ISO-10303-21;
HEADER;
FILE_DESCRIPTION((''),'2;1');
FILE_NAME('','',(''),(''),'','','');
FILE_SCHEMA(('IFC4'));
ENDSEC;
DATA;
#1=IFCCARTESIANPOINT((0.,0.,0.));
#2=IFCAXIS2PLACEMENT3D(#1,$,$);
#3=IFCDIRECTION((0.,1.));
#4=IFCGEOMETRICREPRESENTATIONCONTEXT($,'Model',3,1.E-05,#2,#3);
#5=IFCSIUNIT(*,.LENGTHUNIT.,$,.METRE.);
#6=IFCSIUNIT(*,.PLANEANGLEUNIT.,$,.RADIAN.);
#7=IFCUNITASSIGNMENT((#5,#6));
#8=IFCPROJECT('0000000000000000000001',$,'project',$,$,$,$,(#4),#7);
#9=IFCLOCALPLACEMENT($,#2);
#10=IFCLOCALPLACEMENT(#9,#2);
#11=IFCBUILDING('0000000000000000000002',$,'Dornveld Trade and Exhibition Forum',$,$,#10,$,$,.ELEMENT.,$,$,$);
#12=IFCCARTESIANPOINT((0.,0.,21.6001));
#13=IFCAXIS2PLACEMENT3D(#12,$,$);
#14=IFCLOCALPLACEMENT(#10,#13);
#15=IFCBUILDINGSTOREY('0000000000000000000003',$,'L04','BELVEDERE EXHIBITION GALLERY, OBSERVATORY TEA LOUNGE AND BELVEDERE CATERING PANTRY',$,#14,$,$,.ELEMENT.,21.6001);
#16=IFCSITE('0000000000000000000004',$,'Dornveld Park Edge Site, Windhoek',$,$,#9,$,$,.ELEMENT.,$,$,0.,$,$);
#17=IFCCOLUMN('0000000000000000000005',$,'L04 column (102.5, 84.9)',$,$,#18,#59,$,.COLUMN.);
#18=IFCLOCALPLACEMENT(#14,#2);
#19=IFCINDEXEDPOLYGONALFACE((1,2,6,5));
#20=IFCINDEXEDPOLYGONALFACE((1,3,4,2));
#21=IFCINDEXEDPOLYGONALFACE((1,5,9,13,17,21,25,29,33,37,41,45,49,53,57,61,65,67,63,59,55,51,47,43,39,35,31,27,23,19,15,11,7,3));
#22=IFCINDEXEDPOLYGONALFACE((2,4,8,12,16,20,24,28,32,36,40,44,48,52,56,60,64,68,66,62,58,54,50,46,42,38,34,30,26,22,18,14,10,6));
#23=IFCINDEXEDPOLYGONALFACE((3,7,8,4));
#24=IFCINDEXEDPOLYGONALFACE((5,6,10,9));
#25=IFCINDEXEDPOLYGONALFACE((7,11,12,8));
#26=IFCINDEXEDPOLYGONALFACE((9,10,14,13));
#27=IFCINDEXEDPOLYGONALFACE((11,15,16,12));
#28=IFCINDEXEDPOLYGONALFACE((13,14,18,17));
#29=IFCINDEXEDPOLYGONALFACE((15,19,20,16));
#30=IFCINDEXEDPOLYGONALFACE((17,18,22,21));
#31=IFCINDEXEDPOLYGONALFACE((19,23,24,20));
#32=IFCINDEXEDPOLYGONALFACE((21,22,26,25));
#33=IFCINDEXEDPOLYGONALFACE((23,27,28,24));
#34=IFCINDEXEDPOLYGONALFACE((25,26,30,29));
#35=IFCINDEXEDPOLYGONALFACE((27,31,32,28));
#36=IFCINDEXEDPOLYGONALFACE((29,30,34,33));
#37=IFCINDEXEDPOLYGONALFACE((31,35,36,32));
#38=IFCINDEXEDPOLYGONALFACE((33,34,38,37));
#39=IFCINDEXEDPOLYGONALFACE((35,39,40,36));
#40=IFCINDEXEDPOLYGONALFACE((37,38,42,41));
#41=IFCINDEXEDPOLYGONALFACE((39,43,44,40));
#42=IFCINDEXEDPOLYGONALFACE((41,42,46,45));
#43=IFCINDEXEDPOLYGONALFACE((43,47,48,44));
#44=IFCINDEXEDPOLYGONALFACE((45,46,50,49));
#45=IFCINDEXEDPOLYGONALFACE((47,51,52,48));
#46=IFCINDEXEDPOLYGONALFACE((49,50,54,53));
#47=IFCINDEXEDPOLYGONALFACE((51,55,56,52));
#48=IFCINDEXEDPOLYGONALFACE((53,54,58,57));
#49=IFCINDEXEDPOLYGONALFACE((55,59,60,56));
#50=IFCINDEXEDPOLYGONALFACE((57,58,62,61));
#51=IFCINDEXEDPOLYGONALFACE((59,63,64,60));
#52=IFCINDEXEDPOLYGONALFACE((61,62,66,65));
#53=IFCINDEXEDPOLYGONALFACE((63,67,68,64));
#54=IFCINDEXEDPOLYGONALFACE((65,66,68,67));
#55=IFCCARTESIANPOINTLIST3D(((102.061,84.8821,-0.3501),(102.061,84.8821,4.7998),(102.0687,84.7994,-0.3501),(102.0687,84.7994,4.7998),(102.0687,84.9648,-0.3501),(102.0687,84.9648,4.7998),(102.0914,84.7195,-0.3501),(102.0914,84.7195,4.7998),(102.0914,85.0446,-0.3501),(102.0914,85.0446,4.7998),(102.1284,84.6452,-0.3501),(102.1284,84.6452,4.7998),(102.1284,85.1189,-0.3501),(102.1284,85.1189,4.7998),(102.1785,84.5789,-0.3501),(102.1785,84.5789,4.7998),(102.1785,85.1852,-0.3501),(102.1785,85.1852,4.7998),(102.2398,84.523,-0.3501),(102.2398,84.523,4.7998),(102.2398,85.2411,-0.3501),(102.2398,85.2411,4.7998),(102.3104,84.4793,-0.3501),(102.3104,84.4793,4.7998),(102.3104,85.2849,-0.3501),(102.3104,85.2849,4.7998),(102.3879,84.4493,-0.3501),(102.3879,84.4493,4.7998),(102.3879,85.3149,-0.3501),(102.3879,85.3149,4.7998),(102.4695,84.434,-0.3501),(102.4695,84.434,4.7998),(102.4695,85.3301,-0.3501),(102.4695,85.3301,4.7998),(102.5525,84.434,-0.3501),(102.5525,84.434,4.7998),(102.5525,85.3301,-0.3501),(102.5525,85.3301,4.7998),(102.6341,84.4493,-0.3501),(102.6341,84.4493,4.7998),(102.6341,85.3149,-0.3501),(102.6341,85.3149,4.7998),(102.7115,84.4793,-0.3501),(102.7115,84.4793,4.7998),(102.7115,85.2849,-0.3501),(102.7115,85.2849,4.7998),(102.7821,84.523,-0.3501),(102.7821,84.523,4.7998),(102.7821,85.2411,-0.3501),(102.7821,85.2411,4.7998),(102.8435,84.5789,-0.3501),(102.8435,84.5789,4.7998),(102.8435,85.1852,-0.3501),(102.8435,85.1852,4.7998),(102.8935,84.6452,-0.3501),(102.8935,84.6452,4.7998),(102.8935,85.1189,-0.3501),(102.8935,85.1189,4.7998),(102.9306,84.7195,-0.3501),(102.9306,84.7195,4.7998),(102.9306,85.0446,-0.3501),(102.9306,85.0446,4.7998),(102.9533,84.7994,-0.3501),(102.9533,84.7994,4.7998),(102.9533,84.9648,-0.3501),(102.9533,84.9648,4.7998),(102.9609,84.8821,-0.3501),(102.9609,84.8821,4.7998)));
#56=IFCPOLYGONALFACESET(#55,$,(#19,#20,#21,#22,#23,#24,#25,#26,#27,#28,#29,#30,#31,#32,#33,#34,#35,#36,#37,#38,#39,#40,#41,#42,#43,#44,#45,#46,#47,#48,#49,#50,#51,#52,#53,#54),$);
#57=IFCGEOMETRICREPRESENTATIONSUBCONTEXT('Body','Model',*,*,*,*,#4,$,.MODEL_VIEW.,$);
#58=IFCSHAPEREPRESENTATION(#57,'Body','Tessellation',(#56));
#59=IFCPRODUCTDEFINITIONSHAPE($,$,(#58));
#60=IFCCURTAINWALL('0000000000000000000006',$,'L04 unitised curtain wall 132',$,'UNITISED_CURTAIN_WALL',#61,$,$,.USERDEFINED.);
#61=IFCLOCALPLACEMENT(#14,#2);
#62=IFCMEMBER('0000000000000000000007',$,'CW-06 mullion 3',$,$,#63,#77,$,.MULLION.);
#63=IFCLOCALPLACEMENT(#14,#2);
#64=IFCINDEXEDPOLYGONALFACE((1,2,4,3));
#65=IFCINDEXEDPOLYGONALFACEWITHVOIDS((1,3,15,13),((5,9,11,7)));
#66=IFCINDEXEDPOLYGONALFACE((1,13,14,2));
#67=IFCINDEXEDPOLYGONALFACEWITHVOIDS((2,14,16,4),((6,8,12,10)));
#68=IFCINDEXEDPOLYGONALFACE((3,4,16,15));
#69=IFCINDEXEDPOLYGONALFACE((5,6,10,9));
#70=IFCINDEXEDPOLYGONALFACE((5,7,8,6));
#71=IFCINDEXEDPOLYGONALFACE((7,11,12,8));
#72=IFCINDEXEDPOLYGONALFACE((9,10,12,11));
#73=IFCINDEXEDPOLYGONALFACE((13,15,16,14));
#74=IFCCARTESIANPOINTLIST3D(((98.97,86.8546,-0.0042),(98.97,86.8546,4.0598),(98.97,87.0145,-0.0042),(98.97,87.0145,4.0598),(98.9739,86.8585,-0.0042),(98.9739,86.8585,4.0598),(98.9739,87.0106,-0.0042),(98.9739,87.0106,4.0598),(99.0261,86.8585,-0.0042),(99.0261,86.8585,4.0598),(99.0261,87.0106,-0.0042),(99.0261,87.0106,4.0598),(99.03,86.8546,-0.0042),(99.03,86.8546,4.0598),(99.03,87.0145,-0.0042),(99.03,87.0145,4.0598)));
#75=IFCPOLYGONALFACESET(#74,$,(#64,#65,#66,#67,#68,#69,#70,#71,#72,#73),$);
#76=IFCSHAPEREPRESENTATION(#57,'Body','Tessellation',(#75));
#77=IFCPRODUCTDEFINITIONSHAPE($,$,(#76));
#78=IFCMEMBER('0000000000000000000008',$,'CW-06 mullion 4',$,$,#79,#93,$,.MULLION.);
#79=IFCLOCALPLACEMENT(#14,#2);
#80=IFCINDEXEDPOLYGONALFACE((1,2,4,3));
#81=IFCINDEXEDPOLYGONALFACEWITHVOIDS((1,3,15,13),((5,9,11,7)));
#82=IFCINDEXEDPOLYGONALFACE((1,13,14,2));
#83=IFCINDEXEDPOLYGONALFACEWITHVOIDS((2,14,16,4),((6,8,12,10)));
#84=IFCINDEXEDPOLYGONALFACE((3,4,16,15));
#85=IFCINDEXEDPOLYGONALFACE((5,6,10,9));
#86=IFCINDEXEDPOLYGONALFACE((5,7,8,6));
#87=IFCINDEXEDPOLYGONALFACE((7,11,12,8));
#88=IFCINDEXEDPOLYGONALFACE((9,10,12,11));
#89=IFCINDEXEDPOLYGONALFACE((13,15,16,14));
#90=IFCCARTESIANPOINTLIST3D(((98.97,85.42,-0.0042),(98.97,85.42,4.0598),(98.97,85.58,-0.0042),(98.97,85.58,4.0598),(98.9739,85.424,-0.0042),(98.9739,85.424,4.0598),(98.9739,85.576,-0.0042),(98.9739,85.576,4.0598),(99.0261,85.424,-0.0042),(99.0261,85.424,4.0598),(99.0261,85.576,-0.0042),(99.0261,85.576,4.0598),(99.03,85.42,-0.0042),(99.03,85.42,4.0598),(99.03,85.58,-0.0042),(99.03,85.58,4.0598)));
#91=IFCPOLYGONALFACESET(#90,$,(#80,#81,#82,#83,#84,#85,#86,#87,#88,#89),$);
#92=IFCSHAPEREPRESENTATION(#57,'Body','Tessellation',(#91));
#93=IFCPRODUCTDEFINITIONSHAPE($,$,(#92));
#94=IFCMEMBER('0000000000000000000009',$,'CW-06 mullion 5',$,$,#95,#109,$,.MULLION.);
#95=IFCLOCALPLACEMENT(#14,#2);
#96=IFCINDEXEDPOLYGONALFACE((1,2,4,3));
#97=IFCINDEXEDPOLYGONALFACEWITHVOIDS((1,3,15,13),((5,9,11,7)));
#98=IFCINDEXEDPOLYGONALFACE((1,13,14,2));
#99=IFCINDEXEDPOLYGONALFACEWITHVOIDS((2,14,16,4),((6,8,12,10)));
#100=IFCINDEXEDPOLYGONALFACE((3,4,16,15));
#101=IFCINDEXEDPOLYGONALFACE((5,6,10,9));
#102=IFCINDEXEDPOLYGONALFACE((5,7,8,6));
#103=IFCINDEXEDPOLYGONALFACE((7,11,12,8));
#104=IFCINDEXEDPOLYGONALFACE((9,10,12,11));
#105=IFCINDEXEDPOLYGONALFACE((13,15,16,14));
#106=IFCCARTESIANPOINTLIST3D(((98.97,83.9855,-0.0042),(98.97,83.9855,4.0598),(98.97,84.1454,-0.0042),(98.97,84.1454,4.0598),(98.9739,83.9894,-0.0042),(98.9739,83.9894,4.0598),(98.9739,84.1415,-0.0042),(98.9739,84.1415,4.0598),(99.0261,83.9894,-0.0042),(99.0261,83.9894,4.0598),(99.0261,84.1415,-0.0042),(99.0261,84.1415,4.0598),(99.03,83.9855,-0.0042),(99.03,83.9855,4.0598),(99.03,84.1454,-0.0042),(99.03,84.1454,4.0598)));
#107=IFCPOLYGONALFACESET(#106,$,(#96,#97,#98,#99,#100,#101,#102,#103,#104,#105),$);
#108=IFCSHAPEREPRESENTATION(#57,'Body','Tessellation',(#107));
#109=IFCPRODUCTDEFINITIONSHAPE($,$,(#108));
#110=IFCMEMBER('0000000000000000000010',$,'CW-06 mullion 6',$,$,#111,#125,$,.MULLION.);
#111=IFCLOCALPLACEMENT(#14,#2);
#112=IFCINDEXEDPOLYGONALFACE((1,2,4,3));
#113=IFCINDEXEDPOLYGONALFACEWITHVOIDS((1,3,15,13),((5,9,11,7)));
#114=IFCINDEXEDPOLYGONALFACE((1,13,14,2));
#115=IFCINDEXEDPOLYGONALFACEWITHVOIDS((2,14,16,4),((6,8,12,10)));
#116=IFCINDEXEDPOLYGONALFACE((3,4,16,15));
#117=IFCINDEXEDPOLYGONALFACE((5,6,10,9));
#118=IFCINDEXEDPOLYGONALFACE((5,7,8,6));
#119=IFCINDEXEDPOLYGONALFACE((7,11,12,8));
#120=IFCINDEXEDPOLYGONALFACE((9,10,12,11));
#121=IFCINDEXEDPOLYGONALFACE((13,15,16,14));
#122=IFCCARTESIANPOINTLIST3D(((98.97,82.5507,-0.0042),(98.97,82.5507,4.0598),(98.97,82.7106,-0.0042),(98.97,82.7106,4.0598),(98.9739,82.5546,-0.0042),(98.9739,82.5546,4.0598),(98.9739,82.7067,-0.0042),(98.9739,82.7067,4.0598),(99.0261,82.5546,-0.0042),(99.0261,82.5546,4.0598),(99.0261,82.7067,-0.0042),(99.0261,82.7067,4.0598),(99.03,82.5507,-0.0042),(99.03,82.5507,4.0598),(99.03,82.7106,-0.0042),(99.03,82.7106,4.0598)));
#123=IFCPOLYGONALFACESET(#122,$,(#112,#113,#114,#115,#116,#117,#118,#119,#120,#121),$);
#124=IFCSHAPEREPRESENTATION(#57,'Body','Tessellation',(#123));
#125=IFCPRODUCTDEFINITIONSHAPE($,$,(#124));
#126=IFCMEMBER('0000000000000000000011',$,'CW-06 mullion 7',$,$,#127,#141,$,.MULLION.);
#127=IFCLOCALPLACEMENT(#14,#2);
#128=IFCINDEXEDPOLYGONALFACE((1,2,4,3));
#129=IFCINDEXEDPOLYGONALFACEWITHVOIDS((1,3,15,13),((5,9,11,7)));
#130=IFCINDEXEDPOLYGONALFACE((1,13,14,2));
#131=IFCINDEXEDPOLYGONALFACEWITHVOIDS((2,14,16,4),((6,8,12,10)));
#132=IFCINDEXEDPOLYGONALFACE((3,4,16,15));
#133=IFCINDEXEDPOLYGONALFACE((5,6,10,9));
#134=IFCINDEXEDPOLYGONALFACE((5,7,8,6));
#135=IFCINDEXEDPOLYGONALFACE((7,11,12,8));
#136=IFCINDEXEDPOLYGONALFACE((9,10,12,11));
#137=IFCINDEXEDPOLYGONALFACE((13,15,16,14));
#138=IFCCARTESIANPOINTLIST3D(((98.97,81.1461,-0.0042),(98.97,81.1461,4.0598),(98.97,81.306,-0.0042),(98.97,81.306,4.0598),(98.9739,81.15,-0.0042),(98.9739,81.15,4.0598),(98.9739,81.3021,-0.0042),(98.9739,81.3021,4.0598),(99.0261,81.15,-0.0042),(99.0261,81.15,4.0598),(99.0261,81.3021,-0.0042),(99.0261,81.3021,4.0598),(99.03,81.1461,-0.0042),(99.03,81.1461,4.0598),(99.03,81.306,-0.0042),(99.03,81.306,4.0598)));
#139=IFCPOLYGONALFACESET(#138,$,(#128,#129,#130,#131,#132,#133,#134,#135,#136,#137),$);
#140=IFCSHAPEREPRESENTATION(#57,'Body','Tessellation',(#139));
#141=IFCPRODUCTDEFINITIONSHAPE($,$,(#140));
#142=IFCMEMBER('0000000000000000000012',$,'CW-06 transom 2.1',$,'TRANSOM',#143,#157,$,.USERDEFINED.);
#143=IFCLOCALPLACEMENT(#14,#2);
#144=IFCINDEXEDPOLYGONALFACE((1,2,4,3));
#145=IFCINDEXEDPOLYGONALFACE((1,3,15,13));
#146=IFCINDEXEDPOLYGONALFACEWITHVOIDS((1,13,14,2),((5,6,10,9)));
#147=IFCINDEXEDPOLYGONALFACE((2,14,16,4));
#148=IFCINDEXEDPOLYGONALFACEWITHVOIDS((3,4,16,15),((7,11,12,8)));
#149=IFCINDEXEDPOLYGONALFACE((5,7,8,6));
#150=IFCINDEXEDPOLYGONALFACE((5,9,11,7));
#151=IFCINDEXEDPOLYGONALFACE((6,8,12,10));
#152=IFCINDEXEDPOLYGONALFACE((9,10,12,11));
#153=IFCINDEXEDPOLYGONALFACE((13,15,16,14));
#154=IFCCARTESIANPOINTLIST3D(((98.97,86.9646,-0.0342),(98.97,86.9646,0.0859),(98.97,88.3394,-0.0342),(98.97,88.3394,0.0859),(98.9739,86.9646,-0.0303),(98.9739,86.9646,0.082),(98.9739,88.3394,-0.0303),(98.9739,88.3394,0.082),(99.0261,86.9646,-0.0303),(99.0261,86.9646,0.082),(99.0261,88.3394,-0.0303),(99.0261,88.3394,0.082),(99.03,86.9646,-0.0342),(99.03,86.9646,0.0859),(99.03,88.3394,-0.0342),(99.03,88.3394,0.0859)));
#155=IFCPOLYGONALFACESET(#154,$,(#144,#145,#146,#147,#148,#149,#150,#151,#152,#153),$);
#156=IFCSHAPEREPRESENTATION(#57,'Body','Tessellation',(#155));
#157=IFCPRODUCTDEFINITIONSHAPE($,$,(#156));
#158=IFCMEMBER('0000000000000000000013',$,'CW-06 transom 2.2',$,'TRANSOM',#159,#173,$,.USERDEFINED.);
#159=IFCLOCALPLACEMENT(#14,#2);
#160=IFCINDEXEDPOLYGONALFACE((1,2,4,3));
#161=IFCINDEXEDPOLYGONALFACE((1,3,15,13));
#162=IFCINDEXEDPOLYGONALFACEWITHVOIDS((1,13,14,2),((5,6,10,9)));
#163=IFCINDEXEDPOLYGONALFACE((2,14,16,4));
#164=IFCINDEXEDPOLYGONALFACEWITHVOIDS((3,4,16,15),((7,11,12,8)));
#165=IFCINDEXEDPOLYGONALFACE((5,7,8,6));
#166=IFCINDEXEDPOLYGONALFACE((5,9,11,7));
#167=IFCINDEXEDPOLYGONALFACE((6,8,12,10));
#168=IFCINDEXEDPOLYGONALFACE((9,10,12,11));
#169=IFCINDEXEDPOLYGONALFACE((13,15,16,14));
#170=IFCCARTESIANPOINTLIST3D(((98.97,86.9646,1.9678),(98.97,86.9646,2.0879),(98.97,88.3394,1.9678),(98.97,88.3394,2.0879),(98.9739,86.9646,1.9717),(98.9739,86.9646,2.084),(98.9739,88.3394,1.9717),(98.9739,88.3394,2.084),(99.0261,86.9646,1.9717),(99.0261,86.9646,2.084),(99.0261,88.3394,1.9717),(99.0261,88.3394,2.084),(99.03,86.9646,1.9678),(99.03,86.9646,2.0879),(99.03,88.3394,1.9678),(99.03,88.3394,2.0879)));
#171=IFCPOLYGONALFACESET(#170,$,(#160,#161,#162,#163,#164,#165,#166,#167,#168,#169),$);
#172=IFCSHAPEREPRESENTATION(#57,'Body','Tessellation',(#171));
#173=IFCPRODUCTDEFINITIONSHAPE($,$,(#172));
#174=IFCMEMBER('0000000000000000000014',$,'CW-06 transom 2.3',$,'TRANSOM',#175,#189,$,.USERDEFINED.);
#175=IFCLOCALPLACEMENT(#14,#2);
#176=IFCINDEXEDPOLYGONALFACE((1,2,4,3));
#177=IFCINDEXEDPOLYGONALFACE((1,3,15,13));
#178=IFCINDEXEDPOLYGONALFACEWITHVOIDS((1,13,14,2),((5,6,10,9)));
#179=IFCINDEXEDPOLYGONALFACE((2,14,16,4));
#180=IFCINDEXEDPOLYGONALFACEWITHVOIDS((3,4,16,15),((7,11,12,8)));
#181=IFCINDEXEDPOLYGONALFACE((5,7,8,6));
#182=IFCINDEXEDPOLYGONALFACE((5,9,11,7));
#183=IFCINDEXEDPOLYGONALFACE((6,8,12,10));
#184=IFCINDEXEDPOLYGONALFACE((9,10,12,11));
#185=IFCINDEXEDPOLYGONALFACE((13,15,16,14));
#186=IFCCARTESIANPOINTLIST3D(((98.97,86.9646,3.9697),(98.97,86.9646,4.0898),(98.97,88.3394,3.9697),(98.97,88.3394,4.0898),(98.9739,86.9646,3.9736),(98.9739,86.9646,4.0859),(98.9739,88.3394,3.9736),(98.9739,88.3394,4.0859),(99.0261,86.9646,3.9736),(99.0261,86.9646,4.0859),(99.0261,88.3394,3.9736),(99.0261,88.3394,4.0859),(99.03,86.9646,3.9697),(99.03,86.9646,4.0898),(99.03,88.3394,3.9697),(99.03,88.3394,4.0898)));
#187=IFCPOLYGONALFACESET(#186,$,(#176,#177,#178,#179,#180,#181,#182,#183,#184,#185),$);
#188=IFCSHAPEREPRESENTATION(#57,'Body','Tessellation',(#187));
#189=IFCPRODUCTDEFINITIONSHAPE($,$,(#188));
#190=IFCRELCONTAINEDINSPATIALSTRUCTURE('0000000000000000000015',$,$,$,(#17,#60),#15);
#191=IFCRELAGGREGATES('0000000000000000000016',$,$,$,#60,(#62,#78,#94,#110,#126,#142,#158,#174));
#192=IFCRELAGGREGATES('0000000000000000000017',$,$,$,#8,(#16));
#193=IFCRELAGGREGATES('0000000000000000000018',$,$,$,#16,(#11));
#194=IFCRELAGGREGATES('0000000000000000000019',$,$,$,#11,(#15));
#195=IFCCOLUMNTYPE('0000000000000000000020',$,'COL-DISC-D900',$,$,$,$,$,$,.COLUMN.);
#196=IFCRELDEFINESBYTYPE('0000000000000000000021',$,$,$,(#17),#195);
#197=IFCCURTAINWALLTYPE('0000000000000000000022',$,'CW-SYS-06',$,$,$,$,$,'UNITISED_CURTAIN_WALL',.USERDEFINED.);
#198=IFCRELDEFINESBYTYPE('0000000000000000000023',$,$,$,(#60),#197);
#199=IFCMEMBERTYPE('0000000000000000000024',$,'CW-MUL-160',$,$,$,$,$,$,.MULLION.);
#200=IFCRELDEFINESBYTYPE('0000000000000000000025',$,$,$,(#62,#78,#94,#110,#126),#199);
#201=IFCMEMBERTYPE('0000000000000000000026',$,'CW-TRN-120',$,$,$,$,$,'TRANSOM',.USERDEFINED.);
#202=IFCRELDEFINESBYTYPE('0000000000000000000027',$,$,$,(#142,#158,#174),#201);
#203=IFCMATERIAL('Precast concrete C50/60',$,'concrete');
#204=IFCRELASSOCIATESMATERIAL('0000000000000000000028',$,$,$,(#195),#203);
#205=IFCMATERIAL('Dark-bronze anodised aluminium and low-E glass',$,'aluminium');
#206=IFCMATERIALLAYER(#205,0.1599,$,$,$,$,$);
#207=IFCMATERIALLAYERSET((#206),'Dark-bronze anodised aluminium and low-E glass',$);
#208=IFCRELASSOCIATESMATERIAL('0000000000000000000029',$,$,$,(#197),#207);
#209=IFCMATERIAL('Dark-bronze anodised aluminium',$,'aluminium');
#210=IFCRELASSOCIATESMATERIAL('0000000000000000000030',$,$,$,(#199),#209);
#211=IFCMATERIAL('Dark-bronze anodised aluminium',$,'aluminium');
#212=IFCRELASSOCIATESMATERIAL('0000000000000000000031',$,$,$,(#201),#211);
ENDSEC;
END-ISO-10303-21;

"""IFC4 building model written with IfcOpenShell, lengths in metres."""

from ifc_helpers import new_model, si_unit, direction, frame, origin, origin_2d, place, context, subcontext, project, spatial, hollow_rectangle, circle, extrude, material, layer, layer_set, material_profile, profile_set, type_object, element, aggregate, save


model = new_model("IFC4")

# Units and contexts
model_context = context("Model", 3, precision=1e-05, world=origin(), true_north=direction((0.0, 1.0)))
body_context = subcontext(model_context, "Body", "Model", "MODEL_VIEW")
ifc_project = project(units=[si_unit("LENGTHUNIT", "METRE"), si_unit("PLANEANGLEUNIT", "RADIAN")], contexts=[model_context])

# Site, building, storey
site_placement = place(None, origin())
site = spatial("IfcSite", under=ifc_project, at=site_placement, Name="Dornveld Park Edge Site, Windhoek", CompositionType="ELEMENT", RefElevation=0.0)
building_placement = place(site_placement, origin())
building = spatial("IfcBuilding", under=site, at=building_placement, Name="Dornveld Trade and Exhibition Forum", CompositionType="ELEMENT")
storey_placement = place(building_placement, frame((0.0, 0.0, 21.6001)))
storey = spatial("IfcBuildingStorey", under=building, at=storey_placement, Name="L04", Description="BELVEDERE EXHIBITION GALLERY, OBSERVATORY TEA LOUNGE AND BELVEDERE CATERING PANTRY", CompositionType="ELEMENT", Elevation=21.6001)

# Column
ifc_material_1 = material(Name="Precast concrete C50/60", Category="concrete")
ifc_material_profile_1 = material_profile(ifc_material_1, circle(Radius=0.45, at=origin_2d()), Name="PC-COL D900")
ifc_profile_set_1 = profile_set([ifc_material_profile_1], Name="Precast concrete C50/60")
column_type = type_object("IfcColumnType", Name="COL-DISC-D900", PredefinedType="COLUMN", material=ifc_profile_set_1)
column_placement = place(storey_placement, frame((102.511, 84.8821, -0.3501), z_axis=(0.0, 0.0, 1.0), x_axis=(1.0, 0.0, 0.0)))
element("IfcColumn", 1, at=column_placement, inside=storey, type_object=column_type, Name="L04 column (102.5, 84.9)", PredefinedType="COLUMN", context=body_context, shape_type="SweptSolid", body=[
    extrude(circle(Radius=0.45, at=origin_2d()), origin(), (0.0, 0.0, 1.0), 5.1499),
])

# Curtain wall, members
ifc_material_2 = material(Name="Dark-bronze anodised aluminium and low-E glass", Category="aluminium")
ifc_layer_1 = layer(ifc_material_2, 0.1599)
ifc_layer_set_1 = layer_set([ifc_layer_1], Name="Dark-bronze anodised aluminium and low-E glass")
curtain_wall_type = type_object("IfcCurtainWallType", Name="CW-SYS-06", ElementType="UNITISED_CURTAIN_WALL", PredefinedType="USERDEFINED", material=ifc_layer_set_1)
curtain_wall_placement = place(storey_placement, origin())
curtain_wall = element("IfcCurtainWall", 2, at=curtain_wall_placement, inside=storey, type_object=curtain_wall_type, Name="L04 unitised curtain wall 132", ObjectType="UNITISED_CURTAIN_WALL", PredefinedType="USERDEFINED")
ifc_material_3 = material(Name="Dark-bronze anodised aluminium", Category="aluminium")
ifc_material_profile_2 = material_profile(ifc_material_3, hollow_rectangle(XDim=0.0601, YDim=0.1599, WallThickness=0.0039, at=origin_2d()), Name="RHS 160x60x4")
ifc_profile_set_2 = profile_set([ifc_material_profile_2], Name="Dark-bronze anodised aluminium")
member_type_1 = type_object("IfcMemberType", Name="CW-MUL-160", PredefinedType="MULLION", material=ifc_profile_set_2)
member_1_placement = place(storey_placement, frame((99.0, 86.9346, -0.0042), z_axis=(0.0, 0.0, 1.0), x_axis=(1.0, 0.0, 0.0)))
member_1 = element("IfcMember", 3, at=member_1_placement, type_object=member_type_1, Name="CW-06 mullion 3", PredefinedType="MULLION", context=body_context, shape_type="SweptSolid", body=[
    extrude(hollow_rectangle(XDim=0.0601, YDim=0.1599, WallThickness=0.0039, at=origin_2d()), origin(), (0.0, 0.0, 1.0), 4.064),
])
member_2_placement = place(storey_placement, frame((99.0, 85.5, -0.0042), z_axis=(0.0, 0.0, 1.0), x_axis=(1.0, 0.0, 0.0)))
member_2 = element("IfcMember", 4, at=member_2_placement, type_object=member_type_1, Name="CW-06 mullion 4", PredefinedType="MULLION", context=body_context, shape_type="SweptSolid", body=[
    extrude(hollow_rectangle(XDim=0.0601, YDim=0.1599, WallThickness=0.0039, at=origin_2d()), origin(), (0.0, 0.0, 1.0), 4.064),
])
member_3_placement = place(storey_placement, frame((99.0, 84.0654, -0.0042), z_axis=(0.0, 0.0, 1.0), x_axis=(1.0, 0.0, 0.0)))
member_3 = element("IfcMember", 5, at=member_3_placement, type_object=member_type_1, Name="CW-06 mullion 5", PredefinedType="MULLION", context=body_context, shape_type="SweptSolid", body=[
    extrude(hollow_rectangle(XDim=0.0601, YDim=0.1599, WallThickness=0.0039, at=origin_2d()), origin(), (0.0, 0.0, 1.0), 4.064),
])
member_4_placement = place(storey_placement, frame((99.0, 82.6306, -0.0042), z_axis=(0.0, 0.0, 1.0), x_axis=(1.0, 0.0, 0.0)))
member_4 = element("IfcMember", 6, at=member_4_placement, type_object=member_type_1, Name="CW-06 mullion 6", PredefinedType="MULLION", context=body_context, shape_type="SweptSolid", body=[
    extrude(hollow_rectangle(XDim=0.0601, YDim=0.1599, WallThickness=0.0039, at=origin_2d()), origin(), (0.0, 0.0, 1.0), 4.064),
])
member_5_placement = place(storey_placement, frame((99.0, 81.2261, -0.0042), z_axis=(0.0, 0.0, 1.0), x_axis=(1.0, 0.0, 0.0)))
member_5 = element("IfcMember", 7, at=member_5_placement, type_object=member_type_1, Name="CW-06 mullion 7", PredefinedType="MULLION", context=body_context, shape_type="SweptSolid", body=[
    extrude(hollow_rectangle(XDim=0.0601, YDim=0.1599, WallThickness=0.0039, at=origin_2d()), origin(), (0.0, 0.0, 1.0), 4.064),
])
ifc_material_4 = material(Name="Dark-bronze anodised aluminium", Category="aluminium")
ifc_material_profile_3 = material_profile(ifc_material_4, hollow_rectangle(XDim=0.0601, YDim=0.1201, WallThickness=0.0039, at=origin_2d()), Name="RHS 120x60x4")
ifc_profile_set_3 = profile_set([ifc_material_profile_3], Name="Dark-bronze anodised aluminium")
member_type_2 = type_object("IfcMemberType", Name="CW-TRN-120", ElementType="TRANSOM", PredefinedType="USERDEFINED", material=ifc_profile_set_3)
member_6_placement = place(storey_placement, frame((99.0, 88.3394, 0.0259), z_axis=(0.0, -1.0, 0.0), x_axis=(1.0, 0.0, 0.0)))
member_6 = element("IfcMember", 8, at=member_6_placement, type_object=member_type_2, Name="CW-06 transom 2.1", ObjectType="TRANSOM", PredefinedType="USERDEFINED", context=body_context, shape_type="SweptSolid", body=[
    extrude(hollow_rectangle(XDim=0.0601, YDim=0.1201, WallThickness=0.0039, at=origin_2d()), origin(), (0.0, 0.0, 1.0), 1.3748),
])
member_7_placement = place(storey_placement, frame((99.0, 88.3394, 2.0278), z_axis=(0.0, -1.0, 0.0), x_axis=(1.0, 0.0, 0.0)))
member_7 = element("IfcMember", 9, at=member_7_placement, type_object=member_type_2, Name="CW-06 transom 2.2", ObjectType="TRANSOM", PredefinedType="USERDEFINED", context=body_context, shape_type="SweptSolid", body=[
    extrude(hollow_rectangle(XDim=0.0601, YDim=0.1201, WallThickness=0.0039, at=origin_2d()), origin(), (0.0, 0.0, 1.0), 1.3748),
])
member_8_placement = place(storey_placement, frame((99.0, 88.3394, 4.0298), z_axis=(0.0, -1.0, 0.0), x_axis=(1.0, 0.0, 0.0)))
member_8 = element("IfcMember", 10, at=member_8_placement, type_object=member_type_2, Name="CW-06 transom 2.3", ObjectType="TRANSOM", PredefinedType="USERDEFINED", context=body_context, shape_type="SweptSolid", body=[
    extrude(hollow_rectangle(XDim=0.0601, YDim=0.1201, WallThickness=0.0039, at=origin_2d()), origin(), (0.0, 0.0, 1.0), 1.3748),
])
aggregate(curtain_wall, [member_1, member_2, member_3, member_4, member_5, member_6, member_7, member_8])

save(model, "model.ifc")
